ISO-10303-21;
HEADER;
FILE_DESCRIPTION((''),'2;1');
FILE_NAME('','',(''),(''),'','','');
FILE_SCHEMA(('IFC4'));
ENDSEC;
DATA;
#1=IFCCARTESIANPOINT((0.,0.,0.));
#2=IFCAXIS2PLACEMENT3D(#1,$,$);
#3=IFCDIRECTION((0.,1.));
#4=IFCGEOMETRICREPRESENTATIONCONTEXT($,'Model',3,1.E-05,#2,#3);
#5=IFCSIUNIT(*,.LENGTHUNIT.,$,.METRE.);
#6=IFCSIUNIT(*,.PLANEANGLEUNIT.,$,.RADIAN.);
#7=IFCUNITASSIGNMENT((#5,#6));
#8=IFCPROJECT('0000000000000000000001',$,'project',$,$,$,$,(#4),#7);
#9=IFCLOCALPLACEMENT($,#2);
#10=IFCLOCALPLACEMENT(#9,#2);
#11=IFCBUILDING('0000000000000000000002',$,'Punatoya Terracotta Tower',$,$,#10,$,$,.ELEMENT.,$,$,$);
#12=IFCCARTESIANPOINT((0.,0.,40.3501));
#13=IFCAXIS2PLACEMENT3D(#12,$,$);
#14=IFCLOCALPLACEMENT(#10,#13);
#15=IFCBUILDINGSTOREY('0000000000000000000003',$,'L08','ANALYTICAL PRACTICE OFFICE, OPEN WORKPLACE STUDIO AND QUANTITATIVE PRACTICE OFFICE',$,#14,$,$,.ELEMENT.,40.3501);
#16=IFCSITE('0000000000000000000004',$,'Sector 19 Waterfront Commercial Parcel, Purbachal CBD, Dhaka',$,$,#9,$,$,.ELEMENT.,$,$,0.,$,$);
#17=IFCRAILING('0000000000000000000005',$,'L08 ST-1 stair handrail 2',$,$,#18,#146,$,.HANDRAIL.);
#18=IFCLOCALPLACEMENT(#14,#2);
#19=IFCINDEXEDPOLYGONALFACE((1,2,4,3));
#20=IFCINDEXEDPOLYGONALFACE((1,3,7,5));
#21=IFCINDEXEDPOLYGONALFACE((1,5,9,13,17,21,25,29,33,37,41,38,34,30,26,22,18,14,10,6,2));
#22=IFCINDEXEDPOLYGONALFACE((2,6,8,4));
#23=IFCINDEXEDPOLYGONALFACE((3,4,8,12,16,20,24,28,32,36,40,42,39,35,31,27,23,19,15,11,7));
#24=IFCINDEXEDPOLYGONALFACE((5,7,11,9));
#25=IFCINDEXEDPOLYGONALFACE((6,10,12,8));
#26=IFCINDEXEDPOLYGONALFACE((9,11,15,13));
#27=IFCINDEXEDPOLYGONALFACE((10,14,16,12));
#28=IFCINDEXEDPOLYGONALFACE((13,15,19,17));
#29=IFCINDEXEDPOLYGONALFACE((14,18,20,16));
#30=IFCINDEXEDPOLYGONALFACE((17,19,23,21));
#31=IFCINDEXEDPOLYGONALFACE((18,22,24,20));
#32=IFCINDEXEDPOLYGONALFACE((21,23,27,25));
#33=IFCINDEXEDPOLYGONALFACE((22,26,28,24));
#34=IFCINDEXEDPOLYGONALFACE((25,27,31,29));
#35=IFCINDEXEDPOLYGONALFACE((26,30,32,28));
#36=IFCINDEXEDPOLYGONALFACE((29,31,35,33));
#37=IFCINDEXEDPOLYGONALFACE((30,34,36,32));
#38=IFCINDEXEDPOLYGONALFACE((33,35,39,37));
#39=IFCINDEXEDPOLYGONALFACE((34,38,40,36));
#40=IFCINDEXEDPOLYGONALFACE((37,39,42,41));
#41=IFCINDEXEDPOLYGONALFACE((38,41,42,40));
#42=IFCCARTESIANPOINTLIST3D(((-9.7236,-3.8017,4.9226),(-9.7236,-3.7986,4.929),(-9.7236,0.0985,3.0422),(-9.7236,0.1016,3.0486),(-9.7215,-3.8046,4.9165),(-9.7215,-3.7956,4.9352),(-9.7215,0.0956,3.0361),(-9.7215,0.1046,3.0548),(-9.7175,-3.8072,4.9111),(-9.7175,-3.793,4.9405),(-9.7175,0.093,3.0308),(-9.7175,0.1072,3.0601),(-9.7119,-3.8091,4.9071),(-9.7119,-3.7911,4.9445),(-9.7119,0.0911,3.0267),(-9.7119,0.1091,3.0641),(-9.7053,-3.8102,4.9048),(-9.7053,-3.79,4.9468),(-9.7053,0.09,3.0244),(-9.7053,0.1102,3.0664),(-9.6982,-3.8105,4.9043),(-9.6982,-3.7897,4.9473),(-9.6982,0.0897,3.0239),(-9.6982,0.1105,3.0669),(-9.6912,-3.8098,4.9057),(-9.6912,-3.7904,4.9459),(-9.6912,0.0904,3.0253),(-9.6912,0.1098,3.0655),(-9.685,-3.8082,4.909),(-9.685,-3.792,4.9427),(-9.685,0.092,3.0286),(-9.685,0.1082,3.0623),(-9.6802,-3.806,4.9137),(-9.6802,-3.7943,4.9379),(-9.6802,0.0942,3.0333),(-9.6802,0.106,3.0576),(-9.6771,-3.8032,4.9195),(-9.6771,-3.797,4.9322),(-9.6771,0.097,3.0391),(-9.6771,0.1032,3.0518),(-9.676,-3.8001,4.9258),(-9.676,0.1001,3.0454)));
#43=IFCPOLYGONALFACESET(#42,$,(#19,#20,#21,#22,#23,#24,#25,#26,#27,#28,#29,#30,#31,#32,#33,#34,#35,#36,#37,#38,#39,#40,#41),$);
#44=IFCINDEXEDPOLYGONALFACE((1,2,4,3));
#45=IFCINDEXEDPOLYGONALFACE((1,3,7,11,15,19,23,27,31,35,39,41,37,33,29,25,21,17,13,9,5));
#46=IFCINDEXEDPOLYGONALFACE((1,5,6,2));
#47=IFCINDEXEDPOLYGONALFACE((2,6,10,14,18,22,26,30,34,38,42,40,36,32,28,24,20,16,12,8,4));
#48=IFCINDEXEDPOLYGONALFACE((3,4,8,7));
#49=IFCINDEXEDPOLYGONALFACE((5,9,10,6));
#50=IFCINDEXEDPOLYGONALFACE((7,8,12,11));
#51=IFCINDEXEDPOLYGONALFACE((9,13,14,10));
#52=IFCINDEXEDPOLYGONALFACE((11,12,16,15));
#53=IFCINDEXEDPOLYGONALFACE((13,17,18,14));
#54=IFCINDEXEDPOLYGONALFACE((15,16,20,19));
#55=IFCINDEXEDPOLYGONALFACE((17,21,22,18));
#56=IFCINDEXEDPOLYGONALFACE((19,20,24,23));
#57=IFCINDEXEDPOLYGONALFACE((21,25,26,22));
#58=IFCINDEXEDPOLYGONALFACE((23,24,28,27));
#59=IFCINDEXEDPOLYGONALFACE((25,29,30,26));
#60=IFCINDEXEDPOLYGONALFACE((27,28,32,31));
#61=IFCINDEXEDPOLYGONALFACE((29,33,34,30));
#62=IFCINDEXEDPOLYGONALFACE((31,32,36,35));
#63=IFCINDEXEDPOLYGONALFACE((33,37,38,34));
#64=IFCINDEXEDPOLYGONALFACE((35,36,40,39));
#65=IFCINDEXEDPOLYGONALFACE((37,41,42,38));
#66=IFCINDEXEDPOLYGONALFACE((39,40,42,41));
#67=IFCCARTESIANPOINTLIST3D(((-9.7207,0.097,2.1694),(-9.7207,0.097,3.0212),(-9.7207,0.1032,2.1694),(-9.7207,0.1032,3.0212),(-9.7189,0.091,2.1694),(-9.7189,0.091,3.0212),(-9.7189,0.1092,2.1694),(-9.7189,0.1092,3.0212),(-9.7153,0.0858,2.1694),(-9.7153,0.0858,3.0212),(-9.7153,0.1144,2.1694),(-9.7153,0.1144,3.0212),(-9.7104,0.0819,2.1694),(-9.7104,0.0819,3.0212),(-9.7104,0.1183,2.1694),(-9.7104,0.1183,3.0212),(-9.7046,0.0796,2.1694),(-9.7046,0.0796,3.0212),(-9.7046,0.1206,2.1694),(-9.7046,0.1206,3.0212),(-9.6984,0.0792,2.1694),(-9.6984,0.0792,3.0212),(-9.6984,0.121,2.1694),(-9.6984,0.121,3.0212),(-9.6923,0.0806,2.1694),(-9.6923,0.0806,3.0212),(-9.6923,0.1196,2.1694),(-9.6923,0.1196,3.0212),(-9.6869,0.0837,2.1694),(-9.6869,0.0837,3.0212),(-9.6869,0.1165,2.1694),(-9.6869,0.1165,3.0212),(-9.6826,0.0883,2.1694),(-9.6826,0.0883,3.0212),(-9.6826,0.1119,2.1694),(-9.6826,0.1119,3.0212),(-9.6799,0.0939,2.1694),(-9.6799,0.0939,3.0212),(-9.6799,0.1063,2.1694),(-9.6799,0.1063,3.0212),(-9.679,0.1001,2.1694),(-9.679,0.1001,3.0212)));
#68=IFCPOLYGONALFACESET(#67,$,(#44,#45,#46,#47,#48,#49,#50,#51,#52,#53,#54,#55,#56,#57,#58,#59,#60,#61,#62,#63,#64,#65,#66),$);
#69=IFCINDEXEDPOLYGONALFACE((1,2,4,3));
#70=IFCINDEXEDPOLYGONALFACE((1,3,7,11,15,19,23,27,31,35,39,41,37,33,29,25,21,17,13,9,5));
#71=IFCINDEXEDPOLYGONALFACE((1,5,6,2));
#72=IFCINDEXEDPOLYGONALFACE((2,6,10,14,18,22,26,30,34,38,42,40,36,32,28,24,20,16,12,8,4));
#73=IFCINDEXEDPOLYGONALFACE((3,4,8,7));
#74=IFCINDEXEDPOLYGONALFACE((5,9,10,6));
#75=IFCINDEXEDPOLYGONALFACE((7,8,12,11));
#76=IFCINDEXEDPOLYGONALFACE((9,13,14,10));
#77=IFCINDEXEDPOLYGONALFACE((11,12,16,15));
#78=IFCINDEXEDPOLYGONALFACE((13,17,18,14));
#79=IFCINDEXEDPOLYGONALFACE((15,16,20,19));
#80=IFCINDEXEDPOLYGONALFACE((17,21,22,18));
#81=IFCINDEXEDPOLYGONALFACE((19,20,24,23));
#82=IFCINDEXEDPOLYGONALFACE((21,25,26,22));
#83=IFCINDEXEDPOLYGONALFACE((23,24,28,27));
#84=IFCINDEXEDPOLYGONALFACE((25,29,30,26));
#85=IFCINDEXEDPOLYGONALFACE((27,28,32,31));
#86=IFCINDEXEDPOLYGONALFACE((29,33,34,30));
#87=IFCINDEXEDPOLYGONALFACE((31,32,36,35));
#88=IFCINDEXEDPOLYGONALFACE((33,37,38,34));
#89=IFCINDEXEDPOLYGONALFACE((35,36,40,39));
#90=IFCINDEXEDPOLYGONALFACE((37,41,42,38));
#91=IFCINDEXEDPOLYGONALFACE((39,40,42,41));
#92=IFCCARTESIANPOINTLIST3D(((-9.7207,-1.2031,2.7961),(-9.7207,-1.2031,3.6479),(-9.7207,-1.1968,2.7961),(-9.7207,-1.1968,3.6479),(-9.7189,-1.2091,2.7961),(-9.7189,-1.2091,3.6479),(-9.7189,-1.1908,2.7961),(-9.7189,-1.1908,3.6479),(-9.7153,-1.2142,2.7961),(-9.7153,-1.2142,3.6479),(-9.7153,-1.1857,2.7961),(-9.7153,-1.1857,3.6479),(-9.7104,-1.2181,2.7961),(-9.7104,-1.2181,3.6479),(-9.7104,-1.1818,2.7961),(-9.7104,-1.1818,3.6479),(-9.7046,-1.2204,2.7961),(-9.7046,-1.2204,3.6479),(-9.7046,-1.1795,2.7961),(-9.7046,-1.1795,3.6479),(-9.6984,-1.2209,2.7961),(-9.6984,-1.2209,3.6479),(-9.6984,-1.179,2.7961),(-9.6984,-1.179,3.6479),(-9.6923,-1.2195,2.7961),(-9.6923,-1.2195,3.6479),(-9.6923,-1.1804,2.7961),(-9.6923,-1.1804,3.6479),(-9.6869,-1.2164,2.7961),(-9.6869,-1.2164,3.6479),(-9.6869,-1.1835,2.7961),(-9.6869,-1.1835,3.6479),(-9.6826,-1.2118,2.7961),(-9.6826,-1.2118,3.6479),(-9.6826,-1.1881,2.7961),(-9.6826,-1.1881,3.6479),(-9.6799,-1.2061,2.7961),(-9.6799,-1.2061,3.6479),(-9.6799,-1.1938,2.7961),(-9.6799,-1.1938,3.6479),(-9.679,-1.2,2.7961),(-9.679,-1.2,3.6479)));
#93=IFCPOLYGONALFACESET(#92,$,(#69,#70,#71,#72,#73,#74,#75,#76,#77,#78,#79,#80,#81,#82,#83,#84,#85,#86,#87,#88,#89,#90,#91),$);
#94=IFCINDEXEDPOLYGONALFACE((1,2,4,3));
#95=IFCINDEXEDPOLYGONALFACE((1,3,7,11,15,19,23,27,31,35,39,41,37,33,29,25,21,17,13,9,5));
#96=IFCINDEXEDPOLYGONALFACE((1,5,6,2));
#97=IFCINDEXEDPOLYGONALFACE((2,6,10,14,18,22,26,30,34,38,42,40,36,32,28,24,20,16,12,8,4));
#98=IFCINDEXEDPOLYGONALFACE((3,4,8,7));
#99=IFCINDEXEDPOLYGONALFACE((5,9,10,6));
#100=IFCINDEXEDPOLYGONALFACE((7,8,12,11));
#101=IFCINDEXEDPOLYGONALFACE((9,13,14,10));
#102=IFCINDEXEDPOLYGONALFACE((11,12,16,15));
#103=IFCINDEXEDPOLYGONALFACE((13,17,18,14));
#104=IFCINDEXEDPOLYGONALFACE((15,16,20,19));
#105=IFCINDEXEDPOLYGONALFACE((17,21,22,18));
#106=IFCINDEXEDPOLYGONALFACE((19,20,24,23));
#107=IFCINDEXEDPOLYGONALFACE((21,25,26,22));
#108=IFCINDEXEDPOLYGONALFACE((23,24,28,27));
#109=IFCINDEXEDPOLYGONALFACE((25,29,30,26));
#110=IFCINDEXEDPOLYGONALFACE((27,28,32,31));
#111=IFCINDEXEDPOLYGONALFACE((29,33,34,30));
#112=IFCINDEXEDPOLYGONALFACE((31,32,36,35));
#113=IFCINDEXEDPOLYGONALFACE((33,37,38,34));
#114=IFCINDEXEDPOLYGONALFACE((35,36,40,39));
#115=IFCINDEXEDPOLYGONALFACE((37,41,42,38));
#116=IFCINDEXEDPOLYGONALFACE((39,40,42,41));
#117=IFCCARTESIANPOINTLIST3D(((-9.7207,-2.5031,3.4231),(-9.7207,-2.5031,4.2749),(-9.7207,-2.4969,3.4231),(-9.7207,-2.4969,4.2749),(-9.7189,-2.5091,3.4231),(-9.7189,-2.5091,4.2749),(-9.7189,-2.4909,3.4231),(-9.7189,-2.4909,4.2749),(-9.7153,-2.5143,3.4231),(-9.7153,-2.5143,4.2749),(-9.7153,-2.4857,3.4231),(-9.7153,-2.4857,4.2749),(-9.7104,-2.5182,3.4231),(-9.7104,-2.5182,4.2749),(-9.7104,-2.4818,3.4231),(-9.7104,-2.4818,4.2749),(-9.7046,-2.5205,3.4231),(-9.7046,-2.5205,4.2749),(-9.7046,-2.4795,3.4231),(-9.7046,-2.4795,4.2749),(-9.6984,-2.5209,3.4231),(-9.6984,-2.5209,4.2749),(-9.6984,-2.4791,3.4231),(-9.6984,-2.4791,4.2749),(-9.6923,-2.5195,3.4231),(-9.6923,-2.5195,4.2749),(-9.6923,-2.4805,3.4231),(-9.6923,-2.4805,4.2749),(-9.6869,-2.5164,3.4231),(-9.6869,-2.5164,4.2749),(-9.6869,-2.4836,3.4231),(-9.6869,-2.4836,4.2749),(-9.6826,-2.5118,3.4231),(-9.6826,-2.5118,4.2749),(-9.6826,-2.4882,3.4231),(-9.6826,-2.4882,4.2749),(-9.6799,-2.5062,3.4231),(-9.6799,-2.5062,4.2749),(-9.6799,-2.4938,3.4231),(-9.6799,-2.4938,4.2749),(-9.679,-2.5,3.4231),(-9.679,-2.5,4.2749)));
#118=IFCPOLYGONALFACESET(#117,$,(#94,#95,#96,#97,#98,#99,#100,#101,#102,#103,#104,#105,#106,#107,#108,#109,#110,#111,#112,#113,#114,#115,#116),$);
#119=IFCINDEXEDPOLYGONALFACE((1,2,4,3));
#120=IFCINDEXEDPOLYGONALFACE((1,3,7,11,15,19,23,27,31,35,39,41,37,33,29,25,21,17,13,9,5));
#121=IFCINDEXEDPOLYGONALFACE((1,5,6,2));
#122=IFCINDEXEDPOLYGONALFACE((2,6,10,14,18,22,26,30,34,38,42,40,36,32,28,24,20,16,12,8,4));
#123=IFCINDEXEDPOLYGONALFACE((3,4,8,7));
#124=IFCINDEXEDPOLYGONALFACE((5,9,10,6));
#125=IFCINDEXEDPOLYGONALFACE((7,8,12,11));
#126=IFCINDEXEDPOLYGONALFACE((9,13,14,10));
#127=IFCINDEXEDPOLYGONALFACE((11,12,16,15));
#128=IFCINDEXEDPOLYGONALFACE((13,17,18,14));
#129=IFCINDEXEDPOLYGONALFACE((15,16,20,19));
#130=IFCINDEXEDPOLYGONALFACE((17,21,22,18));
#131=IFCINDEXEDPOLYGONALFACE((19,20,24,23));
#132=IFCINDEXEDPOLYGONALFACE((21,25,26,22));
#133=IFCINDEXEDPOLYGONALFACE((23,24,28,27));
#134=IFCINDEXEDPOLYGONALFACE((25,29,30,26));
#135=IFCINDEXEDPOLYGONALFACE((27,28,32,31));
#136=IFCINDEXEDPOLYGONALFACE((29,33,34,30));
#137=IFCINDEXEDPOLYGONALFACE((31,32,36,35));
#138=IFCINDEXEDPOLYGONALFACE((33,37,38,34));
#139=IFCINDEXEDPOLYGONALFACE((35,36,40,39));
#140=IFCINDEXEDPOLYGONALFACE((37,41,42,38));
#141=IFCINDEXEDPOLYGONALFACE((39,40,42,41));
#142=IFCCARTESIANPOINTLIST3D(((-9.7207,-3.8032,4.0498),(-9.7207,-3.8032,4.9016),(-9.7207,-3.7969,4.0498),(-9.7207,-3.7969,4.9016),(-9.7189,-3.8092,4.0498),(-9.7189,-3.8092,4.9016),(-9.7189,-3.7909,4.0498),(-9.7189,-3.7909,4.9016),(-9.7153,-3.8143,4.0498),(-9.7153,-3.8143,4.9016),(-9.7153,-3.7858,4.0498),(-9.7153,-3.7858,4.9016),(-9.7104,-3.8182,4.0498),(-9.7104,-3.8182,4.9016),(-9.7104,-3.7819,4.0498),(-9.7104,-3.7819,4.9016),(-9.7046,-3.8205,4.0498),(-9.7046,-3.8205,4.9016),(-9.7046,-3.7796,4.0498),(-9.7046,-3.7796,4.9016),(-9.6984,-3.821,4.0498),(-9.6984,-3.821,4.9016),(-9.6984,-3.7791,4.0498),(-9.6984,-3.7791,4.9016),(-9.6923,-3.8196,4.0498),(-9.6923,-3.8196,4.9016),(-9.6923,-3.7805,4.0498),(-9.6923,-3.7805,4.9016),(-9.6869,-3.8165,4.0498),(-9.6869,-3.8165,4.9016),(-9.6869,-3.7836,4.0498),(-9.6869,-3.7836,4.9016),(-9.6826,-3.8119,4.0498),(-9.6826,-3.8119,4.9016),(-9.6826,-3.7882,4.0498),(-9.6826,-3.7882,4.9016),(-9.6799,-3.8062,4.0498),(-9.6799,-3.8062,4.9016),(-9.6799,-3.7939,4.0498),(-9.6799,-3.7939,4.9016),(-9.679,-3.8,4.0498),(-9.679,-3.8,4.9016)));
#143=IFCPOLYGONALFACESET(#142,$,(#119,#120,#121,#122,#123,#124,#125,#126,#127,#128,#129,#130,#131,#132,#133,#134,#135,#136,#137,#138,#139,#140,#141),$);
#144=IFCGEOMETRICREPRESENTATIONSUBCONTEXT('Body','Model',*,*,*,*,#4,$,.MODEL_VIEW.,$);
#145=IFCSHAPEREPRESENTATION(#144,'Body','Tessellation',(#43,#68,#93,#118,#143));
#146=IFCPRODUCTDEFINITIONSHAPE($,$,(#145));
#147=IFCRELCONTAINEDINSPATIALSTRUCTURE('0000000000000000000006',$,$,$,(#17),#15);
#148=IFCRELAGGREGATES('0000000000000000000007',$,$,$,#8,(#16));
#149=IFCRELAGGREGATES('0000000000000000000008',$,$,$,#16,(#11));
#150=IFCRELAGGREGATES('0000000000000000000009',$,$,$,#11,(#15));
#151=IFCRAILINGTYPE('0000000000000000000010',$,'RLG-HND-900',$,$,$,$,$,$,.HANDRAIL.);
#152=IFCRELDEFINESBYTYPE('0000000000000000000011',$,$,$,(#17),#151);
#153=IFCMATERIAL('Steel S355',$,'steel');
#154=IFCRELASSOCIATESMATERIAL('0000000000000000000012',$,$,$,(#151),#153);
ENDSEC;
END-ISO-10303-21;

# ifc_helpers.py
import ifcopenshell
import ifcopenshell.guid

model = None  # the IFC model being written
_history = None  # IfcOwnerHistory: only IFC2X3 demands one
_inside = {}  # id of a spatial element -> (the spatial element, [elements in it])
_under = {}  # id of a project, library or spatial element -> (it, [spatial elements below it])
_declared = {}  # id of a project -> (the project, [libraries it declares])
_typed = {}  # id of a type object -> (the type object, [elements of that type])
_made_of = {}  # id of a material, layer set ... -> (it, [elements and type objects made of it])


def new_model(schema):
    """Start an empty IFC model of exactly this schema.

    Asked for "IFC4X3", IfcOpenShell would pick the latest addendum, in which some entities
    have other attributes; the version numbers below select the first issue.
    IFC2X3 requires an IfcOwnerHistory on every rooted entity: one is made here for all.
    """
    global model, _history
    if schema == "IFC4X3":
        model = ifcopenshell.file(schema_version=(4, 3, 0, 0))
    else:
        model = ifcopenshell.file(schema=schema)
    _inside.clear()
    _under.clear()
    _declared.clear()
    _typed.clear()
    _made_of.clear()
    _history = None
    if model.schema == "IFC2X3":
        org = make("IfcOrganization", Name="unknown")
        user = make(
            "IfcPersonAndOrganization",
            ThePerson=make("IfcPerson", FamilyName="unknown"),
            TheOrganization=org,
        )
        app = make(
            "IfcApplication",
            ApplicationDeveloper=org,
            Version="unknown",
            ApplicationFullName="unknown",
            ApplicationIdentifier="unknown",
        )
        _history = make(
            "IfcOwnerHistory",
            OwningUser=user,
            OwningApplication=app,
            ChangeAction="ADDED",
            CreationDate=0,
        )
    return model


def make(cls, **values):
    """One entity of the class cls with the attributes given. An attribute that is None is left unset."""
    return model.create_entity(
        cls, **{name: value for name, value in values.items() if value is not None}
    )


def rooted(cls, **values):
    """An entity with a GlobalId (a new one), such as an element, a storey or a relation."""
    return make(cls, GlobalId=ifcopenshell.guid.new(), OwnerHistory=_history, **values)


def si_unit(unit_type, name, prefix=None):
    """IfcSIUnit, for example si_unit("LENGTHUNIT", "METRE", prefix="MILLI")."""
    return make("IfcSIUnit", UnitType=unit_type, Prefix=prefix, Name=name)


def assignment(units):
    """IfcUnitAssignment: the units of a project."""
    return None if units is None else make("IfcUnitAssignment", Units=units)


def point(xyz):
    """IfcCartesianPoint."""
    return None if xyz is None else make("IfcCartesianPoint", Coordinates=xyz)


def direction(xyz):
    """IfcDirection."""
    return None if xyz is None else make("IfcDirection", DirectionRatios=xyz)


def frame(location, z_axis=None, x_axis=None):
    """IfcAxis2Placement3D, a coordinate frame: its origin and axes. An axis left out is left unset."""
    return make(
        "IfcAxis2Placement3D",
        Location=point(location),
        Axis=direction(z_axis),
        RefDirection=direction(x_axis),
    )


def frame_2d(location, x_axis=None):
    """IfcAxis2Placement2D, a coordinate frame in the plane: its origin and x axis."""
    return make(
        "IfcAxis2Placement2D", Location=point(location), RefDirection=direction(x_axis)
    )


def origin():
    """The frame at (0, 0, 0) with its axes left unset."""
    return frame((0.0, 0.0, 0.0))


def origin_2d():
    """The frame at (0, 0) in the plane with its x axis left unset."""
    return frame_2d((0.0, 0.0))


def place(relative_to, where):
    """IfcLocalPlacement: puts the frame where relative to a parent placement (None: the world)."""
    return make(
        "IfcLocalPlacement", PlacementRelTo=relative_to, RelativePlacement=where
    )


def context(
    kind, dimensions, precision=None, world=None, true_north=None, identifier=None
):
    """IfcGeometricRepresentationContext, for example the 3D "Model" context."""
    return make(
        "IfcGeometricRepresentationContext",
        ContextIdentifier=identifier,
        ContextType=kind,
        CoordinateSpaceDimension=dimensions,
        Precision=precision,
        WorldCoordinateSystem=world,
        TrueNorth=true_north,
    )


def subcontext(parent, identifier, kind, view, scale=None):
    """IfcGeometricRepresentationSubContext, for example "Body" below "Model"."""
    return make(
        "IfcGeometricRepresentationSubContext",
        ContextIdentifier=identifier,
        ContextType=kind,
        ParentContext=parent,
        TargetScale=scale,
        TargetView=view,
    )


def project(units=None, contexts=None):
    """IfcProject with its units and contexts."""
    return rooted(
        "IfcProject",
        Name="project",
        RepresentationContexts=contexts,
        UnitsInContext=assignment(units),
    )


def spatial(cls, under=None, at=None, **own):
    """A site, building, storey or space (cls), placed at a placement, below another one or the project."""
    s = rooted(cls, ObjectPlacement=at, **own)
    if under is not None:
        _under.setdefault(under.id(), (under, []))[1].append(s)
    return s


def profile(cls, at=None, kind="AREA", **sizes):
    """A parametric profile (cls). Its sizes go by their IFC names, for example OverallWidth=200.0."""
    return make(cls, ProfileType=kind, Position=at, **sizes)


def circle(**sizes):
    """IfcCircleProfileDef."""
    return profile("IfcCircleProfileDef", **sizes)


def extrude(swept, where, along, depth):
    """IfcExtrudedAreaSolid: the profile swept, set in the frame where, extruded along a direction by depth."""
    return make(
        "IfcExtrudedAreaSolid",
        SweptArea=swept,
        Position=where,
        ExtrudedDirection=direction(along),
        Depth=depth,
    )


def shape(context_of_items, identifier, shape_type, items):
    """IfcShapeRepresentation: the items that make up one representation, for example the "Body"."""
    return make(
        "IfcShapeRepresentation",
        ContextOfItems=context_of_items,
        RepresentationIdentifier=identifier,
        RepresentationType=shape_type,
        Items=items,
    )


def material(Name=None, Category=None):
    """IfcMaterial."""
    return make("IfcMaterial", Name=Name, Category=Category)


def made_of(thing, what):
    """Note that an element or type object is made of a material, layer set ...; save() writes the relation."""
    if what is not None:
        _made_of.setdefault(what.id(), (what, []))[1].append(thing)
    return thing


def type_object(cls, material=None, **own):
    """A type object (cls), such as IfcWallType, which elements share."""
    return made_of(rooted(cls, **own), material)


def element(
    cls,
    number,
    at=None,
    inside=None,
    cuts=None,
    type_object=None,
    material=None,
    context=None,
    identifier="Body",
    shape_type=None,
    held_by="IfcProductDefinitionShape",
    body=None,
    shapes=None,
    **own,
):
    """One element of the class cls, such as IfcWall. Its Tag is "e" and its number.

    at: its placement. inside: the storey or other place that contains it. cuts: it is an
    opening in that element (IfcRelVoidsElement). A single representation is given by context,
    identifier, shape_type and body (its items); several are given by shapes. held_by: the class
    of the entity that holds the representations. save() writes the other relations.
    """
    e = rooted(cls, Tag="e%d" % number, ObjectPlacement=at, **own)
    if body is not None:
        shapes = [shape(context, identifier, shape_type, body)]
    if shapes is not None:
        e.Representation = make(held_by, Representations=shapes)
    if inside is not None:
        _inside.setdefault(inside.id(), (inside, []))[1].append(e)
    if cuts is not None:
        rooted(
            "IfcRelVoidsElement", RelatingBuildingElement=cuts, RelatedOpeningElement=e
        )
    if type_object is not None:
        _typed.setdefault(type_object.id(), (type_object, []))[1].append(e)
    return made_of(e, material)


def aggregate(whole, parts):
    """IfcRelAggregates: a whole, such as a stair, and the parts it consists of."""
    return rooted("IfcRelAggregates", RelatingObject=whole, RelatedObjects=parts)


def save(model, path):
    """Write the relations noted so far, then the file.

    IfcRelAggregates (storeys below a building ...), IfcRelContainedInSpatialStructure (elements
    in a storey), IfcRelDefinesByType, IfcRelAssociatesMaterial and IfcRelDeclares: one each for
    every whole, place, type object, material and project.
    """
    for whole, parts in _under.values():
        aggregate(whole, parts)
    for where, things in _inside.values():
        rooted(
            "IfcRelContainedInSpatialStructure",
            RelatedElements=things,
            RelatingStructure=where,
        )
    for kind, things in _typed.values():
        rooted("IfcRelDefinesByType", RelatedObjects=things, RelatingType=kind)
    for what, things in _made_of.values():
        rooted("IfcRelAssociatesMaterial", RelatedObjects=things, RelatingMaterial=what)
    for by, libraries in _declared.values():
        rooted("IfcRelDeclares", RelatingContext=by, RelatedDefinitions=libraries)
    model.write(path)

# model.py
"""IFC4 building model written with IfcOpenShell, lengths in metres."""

from ifc_helpers import new_model, si_unit, direction, frame, origin, origin_2d, place, context, subcontext, project, spatial, circle, extrude, material, type_object, element, save


model = new_model("IFC4")

# Units and contexts
model_context = context("Model", 3, precision=1e-05, world=origin(), true_north=direction((0.0, 1.0)))
body_context = subcontext(model_context, "Body", "Model", "MODEL_VIEW")
ifc_project = project(units=[si_unit("LENGTHUNIT", "METRE"), si_unit("PLANEANGLEUNIT", "RADIAN")], contexts=[model_context])

# Site, building, storey
site_placement = place(None, origin())
site = spatial("IfcSite", under=ifc_project, at=site_placement, Name="Sector 19 Waterfront Commercial Parcel, Purbachal CBD, Dhaka", CompositionType="ELEMENT", RefElevation=0.0)
building_placement = place(site_placement, origin())
building = spatial("IfcBuilding", under=site, at=building_placement, Name="Punatoya Terracotta Tower", CompositionType="ELEMENT")
storey_placement = place(building_placement, frame((0.0, 0.0, 40.3501)))
storey = spatial("IfcBuildingStorey", under=building, at=storey_placement, Name="L08", Description="ANALYTICAL PRACTICE OFFICE, OPEN WORKPLACE STUDIO AND QUANTITATIVE PRACTICE OFFICE", CompositionType="ELEMENT", Elevation=40.3501)

# Shared definitions
ifc_material_1 = material(Name="Steel S355", Category="steel")

# Railing
railing_type_1 = type_object("IfcRailingType", Name="RLG-HND-900", PredefinedType="HANDRAIL", material=ifc_material_1)
railing_1_placement = place(storey_placement, frame((-9.7, 0.1001, 2.1694)))
element("IfcRailing", 1, at=railing_1_placement, inside=storey, type_object=railing_type_1, Name="L08 ST-1 stair handrail 2", PredefinedType="HANDRAIL", context=body_context, shape_type="SweptSolid", body=[
    extrude(circle(Radius=0.0239, at=origin_2d()), frame((0.0, 0.0, 0.876), z_axis=(0.0, -0.900774, 0.434289), x_axis=(1.0, 0.0, 0.0)), (0.0, 0.0, 1.0), 4.3298),
    extrude(circle(Radius=0.021, at=origin_2d()), origin(), (0.0, 0.0, 1.0), 0.8518),
    extrude(circle(Radius=0.021, at=origin_2d()), frame((0.0, -1.3, 0.6267)), (0.0, 0.0, 1.0), 0.8518),
    extrude(circle(Radius=0.021, at=origin_2d()), frame((0.0, -2.6001, 1.2537)), (0.0, 0.0, 1.0), 0.8518),
    extrude(circle(Radius=0.021, at=origin_2d()), frame((0.0, -3.9001, 1.8804)), (0.0, 0.0, 1.0), 0.8518),
])

save(model, "model.ifc")
